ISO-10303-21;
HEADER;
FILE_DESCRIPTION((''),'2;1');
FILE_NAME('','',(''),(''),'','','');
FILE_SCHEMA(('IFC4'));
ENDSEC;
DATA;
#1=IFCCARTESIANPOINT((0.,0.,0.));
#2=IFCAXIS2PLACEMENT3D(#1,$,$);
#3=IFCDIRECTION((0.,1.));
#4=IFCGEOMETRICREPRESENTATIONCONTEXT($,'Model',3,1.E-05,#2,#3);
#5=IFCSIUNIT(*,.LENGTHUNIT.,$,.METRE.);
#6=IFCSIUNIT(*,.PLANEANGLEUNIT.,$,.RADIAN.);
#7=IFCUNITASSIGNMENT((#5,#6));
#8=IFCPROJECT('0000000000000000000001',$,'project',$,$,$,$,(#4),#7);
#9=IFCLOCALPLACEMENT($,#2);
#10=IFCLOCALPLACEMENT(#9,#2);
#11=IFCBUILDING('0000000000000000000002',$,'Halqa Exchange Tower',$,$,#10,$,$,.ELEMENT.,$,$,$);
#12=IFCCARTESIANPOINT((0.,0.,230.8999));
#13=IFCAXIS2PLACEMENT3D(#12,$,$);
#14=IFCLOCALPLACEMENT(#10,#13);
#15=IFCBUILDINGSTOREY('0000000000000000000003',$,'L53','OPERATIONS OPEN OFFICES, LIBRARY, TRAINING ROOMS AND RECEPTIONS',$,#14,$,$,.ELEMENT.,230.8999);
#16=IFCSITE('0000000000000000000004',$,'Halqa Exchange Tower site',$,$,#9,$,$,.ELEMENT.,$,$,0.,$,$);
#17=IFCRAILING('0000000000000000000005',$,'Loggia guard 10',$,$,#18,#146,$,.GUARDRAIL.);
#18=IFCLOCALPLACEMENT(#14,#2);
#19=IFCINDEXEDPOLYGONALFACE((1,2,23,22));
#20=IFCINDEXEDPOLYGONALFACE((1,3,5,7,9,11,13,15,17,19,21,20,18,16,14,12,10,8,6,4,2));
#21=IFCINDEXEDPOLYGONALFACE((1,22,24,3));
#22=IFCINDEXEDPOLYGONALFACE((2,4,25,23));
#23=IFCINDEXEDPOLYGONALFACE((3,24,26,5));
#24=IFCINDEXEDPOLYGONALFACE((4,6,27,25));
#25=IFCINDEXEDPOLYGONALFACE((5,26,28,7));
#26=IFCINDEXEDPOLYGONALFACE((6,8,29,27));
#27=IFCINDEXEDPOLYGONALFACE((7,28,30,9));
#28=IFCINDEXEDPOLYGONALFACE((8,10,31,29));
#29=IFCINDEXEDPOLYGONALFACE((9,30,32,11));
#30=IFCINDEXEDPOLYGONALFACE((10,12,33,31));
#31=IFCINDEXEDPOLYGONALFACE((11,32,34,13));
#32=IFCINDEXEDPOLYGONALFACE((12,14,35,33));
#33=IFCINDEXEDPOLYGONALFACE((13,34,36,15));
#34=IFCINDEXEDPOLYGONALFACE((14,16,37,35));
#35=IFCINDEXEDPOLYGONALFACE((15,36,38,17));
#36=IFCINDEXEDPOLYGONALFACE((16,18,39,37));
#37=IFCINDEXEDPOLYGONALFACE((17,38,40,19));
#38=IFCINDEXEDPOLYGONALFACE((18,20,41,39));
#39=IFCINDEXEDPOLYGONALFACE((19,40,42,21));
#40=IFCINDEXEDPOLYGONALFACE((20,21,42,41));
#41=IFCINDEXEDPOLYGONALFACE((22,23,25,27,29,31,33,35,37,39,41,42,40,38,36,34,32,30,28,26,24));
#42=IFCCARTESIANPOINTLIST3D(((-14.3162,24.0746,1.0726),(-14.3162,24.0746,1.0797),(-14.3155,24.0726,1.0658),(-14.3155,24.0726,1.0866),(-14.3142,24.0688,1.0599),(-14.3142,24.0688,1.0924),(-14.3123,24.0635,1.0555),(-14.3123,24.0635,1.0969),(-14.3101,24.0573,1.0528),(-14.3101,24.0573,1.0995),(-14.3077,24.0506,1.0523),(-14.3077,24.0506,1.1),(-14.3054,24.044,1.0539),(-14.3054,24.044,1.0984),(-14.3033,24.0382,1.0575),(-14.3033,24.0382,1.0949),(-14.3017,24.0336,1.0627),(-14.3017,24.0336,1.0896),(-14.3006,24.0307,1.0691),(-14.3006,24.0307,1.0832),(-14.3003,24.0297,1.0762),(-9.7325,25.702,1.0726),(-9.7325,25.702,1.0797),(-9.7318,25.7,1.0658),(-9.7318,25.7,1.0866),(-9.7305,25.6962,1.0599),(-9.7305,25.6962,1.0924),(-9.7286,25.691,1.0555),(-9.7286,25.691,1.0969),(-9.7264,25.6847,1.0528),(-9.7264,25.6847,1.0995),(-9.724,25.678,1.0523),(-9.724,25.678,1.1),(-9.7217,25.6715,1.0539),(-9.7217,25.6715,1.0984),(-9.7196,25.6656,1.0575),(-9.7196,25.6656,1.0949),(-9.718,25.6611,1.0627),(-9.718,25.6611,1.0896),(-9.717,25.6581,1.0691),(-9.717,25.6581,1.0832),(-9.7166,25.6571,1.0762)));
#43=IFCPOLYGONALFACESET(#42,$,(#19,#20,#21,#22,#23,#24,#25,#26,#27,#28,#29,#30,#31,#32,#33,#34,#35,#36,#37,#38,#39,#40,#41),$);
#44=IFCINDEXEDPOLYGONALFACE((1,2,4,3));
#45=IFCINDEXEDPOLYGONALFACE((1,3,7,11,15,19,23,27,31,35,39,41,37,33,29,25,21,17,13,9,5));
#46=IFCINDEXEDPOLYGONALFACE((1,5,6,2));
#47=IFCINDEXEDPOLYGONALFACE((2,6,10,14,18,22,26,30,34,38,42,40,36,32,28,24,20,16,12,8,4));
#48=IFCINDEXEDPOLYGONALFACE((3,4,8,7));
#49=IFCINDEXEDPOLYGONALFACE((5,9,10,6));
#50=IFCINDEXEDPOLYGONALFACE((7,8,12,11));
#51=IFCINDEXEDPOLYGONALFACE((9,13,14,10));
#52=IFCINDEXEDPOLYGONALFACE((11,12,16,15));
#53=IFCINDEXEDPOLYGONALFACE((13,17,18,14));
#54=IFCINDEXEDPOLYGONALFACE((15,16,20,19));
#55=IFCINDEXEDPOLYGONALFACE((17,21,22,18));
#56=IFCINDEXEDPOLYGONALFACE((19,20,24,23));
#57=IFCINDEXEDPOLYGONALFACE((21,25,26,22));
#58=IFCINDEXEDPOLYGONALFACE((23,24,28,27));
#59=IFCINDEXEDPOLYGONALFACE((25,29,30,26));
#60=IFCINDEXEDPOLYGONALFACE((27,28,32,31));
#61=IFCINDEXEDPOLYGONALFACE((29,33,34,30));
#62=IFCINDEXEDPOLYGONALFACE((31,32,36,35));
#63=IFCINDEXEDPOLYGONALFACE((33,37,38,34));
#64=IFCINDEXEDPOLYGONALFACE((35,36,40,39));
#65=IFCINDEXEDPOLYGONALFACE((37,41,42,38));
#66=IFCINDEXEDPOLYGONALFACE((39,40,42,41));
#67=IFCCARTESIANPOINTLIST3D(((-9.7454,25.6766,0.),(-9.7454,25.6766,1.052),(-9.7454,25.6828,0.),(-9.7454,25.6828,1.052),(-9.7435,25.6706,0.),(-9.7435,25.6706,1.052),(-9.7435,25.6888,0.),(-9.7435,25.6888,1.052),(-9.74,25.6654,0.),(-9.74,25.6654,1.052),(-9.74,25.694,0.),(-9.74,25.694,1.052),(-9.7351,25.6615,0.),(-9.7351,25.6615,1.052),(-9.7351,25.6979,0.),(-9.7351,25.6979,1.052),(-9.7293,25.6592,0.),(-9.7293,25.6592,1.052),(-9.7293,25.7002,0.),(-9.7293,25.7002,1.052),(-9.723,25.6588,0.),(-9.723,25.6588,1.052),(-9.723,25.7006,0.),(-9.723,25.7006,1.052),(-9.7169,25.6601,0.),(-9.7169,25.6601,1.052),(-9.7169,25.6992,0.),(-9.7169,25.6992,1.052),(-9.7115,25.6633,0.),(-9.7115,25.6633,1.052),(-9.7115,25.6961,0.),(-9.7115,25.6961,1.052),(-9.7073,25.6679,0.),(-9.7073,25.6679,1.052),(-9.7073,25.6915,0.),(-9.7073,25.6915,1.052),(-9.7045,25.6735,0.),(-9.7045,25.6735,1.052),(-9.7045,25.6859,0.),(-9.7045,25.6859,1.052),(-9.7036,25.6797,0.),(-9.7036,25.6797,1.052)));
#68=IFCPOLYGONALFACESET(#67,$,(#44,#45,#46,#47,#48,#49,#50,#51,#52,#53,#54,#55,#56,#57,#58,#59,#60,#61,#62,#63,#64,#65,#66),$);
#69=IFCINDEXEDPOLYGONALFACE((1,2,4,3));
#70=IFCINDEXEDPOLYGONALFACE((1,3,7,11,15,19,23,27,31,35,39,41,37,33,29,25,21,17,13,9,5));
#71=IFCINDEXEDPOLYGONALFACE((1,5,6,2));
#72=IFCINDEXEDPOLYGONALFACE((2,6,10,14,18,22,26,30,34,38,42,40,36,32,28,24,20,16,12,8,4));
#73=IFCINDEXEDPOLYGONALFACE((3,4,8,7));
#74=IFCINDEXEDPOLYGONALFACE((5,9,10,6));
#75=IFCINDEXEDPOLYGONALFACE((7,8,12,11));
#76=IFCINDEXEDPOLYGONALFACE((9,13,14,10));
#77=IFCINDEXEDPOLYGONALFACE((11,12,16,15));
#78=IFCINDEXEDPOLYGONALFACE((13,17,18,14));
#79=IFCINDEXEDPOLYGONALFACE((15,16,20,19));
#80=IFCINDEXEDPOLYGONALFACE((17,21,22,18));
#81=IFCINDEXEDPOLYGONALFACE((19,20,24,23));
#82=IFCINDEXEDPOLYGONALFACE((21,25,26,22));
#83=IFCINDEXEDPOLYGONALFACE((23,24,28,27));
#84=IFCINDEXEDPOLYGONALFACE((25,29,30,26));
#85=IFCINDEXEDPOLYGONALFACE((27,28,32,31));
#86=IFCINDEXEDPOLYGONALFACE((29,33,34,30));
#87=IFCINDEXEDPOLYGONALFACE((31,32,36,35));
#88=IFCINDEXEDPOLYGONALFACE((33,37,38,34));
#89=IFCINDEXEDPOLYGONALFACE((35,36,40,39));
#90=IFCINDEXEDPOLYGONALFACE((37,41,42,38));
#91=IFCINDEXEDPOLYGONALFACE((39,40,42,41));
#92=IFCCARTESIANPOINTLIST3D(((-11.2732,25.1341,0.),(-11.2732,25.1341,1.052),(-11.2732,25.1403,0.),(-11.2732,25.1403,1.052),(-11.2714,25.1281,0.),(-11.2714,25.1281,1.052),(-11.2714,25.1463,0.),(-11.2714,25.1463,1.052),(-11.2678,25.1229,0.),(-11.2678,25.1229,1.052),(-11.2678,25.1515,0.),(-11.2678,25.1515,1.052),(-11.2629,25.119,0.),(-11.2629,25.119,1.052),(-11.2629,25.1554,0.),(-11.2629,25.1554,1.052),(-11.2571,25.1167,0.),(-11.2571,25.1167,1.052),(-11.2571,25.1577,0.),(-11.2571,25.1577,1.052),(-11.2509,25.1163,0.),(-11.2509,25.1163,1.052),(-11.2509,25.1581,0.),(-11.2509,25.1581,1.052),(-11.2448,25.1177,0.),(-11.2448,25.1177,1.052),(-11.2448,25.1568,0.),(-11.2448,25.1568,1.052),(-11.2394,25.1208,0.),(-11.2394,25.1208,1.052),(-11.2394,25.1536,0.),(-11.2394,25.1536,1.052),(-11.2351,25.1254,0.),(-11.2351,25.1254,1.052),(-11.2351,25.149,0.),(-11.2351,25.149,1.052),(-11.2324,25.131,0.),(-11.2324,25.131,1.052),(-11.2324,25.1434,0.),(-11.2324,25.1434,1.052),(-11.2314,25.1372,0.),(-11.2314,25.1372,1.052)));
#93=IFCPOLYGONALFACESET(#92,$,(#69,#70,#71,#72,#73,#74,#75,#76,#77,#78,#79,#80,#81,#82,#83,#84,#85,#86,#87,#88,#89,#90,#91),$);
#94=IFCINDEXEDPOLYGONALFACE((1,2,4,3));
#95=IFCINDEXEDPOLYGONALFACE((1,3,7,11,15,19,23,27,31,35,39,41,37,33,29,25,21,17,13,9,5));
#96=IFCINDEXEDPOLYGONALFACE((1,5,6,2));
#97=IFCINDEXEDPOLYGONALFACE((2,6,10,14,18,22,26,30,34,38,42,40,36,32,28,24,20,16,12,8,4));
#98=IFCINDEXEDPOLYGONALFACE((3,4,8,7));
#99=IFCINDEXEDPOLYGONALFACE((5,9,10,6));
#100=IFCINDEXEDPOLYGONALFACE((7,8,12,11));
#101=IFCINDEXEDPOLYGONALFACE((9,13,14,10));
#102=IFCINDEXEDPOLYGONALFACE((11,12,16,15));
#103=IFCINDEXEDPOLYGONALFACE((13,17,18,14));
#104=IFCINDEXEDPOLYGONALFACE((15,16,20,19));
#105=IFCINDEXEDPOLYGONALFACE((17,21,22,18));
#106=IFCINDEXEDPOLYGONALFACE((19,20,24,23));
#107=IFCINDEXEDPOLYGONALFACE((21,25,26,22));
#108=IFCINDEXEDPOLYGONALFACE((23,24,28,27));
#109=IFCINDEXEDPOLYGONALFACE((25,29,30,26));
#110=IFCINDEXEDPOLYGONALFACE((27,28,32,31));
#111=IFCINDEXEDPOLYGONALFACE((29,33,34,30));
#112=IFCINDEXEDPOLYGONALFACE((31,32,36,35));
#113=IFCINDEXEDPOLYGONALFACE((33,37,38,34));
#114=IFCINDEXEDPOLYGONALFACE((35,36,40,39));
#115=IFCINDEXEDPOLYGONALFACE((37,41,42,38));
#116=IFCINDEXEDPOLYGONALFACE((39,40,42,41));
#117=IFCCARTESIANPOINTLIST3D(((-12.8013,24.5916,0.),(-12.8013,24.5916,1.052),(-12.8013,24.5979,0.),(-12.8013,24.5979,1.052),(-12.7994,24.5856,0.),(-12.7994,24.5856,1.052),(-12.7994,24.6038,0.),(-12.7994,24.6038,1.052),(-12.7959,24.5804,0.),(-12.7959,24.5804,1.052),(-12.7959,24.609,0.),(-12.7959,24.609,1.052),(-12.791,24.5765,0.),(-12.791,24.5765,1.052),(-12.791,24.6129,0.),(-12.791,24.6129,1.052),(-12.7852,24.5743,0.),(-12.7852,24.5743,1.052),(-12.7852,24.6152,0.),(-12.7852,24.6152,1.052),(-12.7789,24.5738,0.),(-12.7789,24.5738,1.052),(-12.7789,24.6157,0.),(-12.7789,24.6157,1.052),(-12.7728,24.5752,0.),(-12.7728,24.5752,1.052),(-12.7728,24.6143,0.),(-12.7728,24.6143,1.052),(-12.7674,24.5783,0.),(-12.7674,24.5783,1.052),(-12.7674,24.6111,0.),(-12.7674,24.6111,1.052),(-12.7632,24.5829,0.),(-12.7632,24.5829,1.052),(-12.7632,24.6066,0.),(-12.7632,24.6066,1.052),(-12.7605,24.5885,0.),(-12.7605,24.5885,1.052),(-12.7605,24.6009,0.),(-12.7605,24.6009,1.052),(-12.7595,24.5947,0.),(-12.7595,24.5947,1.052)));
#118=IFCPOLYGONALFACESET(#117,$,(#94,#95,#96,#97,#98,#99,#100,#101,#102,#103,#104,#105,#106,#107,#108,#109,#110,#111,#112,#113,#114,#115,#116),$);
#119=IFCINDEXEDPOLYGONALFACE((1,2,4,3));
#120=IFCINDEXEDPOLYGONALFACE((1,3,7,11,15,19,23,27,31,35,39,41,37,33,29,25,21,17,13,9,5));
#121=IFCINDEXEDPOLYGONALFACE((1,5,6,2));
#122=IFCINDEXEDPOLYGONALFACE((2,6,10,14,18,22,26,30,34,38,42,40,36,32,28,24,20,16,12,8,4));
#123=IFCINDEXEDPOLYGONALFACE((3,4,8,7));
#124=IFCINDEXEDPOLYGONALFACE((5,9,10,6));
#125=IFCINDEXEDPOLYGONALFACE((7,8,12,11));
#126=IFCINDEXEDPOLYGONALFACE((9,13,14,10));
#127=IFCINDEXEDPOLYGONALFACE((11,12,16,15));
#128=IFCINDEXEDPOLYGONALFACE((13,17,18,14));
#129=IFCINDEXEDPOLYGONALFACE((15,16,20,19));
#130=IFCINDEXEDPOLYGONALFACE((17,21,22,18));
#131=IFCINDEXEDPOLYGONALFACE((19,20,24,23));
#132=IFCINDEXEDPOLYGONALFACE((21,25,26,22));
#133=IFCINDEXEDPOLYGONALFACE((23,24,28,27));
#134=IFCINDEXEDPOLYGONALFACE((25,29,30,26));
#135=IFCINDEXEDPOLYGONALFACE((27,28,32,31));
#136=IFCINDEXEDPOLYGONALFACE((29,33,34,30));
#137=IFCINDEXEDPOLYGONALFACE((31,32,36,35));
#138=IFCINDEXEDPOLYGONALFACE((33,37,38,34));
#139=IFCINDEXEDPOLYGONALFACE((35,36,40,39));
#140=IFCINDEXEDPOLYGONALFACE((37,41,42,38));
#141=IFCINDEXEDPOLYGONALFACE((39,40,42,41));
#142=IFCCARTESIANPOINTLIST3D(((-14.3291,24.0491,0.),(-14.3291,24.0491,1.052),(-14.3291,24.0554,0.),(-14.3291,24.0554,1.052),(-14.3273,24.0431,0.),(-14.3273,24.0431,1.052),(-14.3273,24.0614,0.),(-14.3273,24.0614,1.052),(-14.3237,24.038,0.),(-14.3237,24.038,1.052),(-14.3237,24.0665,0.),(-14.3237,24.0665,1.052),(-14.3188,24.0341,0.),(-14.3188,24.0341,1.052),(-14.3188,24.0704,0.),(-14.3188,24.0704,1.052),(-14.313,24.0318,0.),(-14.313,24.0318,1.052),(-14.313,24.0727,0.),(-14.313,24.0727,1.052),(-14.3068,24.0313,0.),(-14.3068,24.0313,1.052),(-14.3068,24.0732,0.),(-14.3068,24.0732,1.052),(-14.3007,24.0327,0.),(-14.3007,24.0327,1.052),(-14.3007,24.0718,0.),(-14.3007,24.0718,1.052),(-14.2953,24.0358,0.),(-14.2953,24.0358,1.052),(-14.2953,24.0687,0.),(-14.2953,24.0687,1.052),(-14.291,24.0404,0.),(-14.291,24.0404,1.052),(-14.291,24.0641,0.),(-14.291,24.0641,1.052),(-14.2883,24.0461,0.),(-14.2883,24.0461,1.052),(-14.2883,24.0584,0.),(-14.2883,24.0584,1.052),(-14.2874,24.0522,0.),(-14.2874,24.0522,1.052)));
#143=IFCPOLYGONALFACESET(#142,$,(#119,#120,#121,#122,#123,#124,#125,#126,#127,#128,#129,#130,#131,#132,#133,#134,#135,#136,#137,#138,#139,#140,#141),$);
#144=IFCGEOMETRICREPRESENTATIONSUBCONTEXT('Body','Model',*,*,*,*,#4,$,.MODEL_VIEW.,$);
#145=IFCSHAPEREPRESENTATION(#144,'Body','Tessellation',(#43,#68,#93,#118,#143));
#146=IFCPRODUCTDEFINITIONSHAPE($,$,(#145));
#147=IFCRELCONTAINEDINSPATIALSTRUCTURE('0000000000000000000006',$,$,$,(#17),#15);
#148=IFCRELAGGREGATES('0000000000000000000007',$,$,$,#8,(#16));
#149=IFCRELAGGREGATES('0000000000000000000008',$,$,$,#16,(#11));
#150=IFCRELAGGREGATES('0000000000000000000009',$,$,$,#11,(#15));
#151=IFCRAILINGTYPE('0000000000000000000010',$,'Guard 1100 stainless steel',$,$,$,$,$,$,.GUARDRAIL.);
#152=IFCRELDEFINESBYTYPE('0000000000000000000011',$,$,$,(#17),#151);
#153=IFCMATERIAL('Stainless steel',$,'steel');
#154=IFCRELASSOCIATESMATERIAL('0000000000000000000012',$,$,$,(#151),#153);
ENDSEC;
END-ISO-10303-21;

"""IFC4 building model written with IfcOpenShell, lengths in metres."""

from ifc_helpers import new_model, si_unit, direction, frame, origin, origin_2d, place, context, subcontext, project, spatial, circle, extrude, material, type_object, element, save


model = new_model("IFC4")

# Units and contexts
model_context = context("Model", 3, precision=1e-05, world=origin(), true_north=direction((0.0, 1.0)))
body_context = subcontext(model_context, "Body", "Model", "MODEL_VIEW")
ifc_project = project(units=[si_unit("LENGTHUNIT", "METRE"), si_unit("PLANEANGLEUNIT", "RADIAN")], contexts=[model_context])

# Site, building, storey
site_placement = place(None, origin())
site = spatial("IfcSite", under=ifc_project, at=site_placement, Name="Halqa Exchange Tower site", CompositionType="ELEMENT", RefElevation=0.0)
building_placement = place(site_placement, origin())
building = spatial("IfcBuilding", under=site, at=building_placement, Name="Halqa Exchange Tower", CompositionType="ELEMENT")
storey_placement = place(building_placement, frame((0.0, 0.0, 230.8999)))
storey = spatial("IfcBuildingStorey", under=building, at=storey_placement, Name="L53", Description="OPERATIONS OPEN OFFICES, LIBRARY, TRAINING ROOMS AND RECEPTIONS", CompositionType="ELEMENT", Elevation=230.8999)

# Railing
ifc_material_1 = material(Name="Stainless steel", Category="steel")
railing_type_1 = type_object("IfcRailingType", Name="Guard 1100 stainless steel", PredefinedType="GUARDRAIL", material=ifc_material_1)
railing_1_placement = place(storey_placement, frame((-9.7246, 25.6797, 0.0)))
element("IfcRailing", 1, at=railing_1_placement, inside=storey, type_object=railing_type_1, Name="Loggia guard 10", PredefinedType="GUARDRAIL", context=body_context, shape_type="SweptSolid", body=[
    extrude(circle(Radius=0.0239, at=origin_2d()), frame((0.0, 0.0, 1.0762), z_axis=(-0.942366, -0.334584, 0.0), x_axis=(0.334584, -0.942366, 0.0)), (0.0, 0.0, 1.0), 4.864),
    extrude(circle(Radius=0.021, at=origin_2d()), origin(), (0.0, 0.0, 1.0), 1.052),
    extrude(circle(Radius=0.021, at=origin_2d()), frame((-1.5278, -0.5425, 0.0)), (0.0, 0.0, 1.0), 1.052),
    extrude(circle(Radius=0.021, at=origin_2d()), frame((-3.0559, -1.085, 0.0)), (0.0, 0.0, 1.0), 1.052),
    extrude(circle(Radius=0.021, at=origin_2d()), frame((-4.5837, -1.6274, 0.0)), (0.0, 0.0, 1.0), 1.052),
])

save(model, "model.ifc")
